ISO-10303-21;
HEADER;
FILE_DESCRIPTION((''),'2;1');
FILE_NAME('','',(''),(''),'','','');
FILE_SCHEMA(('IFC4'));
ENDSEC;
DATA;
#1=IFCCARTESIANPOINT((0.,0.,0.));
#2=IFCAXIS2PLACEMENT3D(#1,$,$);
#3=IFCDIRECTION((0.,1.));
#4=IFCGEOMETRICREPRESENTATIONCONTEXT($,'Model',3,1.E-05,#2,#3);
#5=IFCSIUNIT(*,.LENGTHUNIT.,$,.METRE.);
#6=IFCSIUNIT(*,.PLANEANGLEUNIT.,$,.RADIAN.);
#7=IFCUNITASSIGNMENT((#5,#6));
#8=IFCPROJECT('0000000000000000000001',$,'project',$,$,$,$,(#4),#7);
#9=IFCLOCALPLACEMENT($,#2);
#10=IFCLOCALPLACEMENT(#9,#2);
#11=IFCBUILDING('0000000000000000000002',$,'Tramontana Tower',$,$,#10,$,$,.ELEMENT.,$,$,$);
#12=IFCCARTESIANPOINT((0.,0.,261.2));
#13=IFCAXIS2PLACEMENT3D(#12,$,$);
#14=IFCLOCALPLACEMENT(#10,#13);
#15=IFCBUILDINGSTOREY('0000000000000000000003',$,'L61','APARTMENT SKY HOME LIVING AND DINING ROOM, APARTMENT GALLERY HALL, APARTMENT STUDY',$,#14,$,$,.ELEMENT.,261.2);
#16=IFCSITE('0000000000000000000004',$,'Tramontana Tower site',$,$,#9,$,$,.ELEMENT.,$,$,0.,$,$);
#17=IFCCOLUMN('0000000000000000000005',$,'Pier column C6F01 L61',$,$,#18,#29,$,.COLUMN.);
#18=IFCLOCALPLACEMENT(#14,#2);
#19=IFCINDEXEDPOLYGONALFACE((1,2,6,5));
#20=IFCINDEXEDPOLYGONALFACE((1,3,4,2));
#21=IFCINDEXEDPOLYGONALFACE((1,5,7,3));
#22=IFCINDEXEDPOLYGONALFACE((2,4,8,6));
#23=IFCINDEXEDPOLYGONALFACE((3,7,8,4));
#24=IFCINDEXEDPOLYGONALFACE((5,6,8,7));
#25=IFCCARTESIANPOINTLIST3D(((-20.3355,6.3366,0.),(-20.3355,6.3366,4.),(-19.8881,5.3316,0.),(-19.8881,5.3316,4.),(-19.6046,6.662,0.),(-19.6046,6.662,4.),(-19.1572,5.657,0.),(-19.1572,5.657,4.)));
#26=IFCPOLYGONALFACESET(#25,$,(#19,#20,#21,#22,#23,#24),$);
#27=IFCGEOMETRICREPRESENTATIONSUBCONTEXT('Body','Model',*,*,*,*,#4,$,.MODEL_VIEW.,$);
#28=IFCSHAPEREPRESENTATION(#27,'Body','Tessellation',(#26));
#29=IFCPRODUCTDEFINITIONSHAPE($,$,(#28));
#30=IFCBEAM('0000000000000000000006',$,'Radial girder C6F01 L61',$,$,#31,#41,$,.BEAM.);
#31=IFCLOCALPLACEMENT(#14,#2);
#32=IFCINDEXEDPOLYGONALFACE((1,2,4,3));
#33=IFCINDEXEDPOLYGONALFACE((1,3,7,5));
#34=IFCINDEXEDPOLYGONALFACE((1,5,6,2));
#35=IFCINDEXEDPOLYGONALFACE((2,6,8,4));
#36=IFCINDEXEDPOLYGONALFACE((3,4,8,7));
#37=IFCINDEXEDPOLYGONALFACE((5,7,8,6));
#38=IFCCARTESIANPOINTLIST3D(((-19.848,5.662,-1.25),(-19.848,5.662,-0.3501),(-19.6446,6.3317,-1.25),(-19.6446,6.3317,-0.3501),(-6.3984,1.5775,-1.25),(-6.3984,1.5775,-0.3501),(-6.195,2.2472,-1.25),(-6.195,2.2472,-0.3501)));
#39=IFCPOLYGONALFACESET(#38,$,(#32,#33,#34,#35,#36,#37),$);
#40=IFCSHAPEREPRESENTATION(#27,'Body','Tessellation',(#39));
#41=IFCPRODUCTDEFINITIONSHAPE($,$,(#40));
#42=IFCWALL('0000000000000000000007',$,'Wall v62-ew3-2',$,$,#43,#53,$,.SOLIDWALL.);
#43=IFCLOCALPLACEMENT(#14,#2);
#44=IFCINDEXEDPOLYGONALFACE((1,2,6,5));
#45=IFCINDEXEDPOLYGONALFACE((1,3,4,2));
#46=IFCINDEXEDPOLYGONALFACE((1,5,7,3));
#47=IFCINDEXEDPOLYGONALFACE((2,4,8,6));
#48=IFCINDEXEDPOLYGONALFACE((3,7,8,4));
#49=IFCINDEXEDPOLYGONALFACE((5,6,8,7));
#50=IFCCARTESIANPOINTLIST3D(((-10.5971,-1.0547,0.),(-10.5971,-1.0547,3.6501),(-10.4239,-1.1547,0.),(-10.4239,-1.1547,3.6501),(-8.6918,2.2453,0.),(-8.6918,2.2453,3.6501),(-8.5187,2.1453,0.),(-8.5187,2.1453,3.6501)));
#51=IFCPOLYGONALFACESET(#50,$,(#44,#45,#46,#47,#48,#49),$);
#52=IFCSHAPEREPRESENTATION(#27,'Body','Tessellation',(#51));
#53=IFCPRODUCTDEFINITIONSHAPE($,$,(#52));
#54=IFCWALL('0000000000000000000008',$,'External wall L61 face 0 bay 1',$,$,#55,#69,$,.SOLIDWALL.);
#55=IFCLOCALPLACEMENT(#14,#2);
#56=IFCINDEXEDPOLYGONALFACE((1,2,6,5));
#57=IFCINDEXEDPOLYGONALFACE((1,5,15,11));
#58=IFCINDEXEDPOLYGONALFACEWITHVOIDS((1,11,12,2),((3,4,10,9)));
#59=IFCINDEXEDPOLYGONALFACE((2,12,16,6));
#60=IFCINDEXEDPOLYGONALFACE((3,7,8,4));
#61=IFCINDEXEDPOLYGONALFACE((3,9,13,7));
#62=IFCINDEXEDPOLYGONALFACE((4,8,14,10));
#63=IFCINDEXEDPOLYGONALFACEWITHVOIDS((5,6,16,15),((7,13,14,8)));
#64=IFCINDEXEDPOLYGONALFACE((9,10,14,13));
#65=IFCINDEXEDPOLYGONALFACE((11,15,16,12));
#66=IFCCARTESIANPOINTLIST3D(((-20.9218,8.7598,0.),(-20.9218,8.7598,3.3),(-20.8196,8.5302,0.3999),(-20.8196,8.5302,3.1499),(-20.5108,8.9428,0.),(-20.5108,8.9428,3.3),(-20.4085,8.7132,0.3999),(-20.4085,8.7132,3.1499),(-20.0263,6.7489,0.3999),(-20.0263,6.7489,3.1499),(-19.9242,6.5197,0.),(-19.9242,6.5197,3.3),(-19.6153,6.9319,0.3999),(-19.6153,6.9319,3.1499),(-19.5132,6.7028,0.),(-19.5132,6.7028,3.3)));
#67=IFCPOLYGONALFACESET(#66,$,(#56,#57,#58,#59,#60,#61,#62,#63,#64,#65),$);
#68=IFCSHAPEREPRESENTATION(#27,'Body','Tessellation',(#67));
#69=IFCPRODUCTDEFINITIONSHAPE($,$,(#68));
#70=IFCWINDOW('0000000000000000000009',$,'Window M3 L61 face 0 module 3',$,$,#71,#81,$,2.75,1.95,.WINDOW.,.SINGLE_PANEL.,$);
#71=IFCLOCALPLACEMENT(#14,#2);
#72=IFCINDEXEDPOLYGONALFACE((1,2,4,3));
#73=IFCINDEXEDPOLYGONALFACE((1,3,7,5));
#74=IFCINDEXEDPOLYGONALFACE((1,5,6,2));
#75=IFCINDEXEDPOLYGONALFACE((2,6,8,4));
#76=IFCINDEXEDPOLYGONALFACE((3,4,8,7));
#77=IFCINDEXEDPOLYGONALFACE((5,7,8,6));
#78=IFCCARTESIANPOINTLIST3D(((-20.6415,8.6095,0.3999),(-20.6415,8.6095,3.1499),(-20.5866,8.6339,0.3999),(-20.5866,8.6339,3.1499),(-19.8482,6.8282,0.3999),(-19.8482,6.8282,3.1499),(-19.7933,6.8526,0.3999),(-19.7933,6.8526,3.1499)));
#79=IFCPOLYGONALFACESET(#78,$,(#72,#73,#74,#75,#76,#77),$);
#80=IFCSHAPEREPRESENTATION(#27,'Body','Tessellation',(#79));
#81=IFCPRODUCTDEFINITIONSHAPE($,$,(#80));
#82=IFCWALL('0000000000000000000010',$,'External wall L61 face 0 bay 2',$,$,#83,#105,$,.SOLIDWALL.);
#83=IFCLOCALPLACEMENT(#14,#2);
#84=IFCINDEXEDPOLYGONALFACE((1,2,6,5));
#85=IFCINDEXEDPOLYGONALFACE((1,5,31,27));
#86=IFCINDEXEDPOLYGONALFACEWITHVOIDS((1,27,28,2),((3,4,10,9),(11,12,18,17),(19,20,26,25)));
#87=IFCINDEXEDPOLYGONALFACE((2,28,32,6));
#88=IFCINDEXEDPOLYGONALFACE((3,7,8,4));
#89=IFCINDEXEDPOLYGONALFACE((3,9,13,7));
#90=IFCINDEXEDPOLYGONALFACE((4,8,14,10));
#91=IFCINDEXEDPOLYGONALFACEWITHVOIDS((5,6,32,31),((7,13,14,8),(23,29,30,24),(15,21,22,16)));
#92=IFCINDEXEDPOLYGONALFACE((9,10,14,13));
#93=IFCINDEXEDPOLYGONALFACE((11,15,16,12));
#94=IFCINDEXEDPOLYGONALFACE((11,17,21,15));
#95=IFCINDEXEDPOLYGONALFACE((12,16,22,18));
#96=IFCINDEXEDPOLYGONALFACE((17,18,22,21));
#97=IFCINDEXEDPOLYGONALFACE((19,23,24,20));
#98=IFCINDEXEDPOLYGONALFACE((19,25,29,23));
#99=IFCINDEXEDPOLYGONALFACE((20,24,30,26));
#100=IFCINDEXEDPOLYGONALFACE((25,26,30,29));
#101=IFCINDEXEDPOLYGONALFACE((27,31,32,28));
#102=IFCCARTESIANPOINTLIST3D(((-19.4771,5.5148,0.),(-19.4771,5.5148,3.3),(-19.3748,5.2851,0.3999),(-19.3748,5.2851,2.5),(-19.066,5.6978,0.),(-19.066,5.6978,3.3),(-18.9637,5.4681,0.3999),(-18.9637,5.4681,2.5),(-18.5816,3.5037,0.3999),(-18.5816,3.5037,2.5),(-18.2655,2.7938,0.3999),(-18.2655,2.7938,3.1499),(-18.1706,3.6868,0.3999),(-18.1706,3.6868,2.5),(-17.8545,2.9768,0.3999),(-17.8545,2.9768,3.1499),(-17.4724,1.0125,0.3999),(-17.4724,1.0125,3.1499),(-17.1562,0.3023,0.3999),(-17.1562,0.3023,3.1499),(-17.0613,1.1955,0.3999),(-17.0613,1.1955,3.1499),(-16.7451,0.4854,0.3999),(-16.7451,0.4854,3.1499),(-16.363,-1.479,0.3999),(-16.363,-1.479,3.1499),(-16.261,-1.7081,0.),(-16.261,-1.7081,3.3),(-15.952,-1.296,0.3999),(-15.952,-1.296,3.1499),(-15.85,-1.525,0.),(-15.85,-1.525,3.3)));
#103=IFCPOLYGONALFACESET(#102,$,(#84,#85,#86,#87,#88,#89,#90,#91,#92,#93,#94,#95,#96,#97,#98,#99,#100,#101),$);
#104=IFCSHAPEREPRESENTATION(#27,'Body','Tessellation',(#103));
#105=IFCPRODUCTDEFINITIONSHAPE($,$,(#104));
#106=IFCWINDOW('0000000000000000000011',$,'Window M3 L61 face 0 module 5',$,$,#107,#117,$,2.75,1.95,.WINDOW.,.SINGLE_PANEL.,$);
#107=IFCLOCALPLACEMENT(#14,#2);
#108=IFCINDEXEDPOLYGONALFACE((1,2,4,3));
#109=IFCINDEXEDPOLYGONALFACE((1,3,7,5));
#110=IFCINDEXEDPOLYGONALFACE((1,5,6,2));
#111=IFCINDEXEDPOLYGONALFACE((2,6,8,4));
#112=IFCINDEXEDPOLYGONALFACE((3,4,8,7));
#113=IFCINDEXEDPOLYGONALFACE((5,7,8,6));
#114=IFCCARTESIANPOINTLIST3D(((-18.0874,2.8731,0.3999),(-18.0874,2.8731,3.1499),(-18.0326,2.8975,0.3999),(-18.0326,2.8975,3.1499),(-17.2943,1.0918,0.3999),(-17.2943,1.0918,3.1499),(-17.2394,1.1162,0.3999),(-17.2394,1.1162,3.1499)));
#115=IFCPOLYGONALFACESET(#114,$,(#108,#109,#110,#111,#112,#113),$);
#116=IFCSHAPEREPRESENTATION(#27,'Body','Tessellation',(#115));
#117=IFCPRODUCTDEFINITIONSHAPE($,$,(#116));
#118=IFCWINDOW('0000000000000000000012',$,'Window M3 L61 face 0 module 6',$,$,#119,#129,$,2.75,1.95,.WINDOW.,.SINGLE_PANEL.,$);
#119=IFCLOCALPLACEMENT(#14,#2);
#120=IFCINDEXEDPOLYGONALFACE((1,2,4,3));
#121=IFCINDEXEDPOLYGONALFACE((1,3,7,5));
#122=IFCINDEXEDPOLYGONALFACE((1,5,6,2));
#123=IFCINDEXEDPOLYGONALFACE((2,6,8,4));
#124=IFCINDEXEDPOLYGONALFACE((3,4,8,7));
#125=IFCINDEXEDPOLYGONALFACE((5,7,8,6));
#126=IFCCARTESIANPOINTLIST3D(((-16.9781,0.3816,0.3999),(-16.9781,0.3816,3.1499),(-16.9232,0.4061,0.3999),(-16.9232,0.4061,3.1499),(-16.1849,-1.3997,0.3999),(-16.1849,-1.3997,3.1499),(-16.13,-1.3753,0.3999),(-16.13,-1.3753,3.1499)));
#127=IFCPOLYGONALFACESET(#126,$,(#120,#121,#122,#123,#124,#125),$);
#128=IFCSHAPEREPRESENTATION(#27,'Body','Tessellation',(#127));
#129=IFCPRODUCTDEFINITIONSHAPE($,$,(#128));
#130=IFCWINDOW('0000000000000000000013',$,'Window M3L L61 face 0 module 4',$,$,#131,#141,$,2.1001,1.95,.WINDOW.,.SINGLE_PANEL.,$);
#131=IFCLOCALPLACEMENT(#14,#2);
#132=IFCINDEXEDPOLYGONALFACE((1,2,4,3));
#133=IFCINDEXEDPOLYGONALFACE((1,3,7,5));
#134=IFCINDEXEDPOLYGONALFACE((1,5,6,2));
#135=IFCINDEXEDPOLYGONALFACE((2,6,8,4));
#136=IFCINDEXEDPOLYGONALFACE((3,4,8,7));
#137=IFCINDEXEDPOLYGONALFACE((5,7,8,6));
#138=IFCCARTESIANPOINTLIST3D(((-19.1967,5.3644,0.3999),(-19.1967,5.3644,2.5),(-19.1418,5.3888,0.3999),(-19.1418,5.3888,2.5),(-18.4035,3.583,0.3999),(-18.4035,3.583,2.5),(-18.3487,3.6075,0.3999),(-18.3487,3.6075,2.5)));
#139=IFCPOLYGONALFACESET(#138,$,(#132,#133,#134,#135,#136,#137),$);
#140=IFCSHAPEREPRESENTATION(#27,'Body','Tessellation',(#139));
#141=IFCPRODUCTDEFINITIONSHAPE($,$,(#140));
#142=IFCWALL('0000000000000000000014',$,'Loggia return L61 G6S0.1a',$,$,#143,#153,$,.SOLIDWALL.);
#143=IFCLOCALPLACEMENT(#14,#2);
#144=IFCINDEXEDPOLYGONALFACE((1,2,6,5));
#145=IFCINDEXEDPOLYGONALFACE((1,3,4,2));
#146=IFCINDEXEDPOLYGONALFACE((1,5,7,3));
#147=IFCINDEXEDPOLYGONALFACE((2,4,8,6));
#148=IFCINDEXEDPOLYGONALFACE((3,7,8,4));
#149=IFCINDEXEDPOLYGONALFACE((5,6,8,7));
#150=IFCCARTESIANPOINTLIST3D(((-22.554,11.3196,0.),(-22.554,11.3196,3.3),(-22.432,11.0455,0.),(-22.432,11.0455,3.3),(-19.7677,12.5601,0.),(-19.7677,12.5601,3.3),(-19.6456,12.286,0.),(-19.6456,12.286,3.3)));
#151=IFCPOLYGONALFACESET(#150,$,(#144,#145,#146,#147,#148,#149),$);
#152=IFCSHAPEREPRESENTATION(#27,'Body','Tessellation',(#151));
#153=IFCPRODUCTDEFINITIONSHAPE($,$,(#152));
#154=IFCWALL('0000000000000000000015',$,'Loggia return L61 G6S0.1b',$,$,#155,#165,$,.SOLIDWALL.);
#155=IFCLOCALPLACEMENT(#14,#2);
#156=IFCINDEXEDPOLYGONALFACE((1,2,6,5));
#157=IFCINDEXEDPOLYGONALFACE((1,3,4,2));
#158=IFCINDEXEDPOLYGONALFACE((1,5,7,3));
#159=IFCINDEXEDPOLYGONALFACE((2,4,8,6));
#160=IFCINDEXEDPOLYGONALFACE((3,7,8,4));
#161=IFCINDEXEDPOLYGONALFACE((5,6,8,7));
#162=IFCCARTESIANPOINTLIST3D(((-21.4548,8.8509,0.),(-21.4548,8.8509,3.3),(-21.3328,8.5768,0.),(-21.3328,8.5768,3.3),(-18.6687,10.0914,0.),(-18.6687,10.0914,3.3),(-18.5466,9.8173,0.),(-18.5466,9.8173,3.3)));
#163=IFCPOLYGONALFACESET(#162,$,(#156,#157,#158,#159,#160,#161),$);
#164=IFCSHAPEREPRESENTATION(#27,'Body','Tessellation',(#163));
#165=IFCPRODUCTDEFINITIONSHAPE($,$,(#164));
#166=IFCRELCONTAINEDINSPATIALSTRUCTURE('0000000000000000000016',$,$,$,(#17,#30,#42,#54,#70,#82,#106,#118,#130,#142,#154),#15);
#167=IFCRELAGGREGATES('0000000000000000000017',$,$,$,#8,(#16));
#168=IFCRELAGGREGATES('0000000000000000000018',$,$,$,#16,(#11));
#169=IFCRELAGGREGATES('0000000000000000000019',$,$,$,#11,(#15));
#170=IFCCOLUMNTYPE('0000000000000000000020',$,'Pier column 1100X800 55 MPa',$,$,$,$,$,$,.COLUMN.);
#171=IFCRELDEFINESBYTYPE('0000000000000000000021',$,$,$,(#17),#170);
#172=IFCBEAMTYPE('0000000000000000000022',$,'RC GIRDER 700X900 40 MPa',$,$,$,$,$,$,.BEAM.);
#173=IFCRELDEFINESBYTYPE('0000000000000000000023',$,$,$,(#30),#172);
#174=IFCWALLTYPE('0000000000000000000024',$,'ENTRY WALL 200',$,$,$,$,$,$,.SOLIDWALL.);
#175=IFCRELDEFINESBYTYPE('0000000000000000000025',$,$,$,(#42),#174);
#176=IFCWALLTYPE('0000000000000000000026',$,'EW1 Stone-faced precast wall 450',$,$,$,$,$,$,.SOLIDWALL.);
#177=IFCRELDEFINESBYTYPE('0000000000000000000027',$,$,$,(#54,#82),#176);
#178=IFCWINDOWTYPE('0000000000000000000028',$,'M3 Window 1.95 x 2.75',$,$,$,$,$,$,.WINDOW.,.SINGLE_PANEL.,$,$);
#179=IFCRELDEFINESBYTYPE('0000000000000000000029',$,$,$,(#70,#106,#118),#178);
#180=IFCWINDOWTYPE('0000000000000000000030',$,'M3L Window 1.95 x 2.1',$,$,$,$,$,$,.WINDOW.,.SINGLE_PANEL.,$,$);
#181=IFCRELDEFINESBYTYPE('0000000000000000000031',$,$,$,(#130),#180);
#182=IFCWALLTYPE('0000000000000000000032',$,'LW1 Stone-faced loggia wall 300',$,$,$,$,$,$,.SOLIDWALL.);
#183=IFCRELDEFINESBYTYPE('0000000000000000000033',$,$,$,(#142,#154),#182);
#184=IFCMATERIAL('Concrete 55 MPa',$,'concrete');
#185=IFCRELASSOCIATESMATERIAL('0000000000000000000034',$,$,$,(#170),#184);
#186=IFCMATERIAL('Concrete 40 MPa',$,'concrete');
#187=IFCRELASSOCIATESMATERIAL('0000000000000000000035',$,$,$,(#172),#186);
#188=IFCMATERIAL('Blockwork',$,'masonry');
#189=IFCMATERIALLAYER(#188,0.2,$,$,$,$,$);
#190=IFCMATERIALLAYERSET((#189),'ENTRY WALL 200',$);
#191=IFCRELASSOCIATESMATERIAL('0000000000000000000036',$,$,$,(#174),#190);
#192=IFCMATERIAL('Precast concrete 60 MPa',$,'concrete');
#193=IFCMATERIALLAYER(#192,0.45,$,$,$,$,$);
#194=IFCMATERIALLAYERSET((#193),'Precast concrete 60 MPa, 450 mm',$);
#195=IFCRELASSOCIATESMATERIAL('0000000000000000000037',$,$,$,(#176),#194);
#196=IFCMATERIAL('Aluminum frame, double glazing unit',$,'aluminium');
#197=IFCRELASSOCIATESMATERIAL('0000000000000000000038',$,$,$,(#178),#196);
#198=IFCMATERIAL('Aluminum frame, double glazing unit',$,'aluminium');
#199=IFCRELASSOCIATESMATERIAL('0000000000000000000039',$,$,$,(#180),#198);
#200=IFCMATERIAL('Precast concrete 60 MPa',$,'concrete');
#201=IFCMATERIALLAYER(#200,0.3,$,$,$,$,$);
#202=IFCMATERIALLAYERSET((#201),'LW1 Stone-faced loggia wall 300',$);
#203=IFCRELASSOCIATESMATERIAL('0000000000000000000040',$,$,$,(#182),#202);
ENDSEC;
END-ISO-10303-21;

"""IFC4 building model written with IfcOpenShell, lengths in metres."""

from ifc_helpers import new_model, si_unit, direction, frame, frame_2d, origin, origin_2d, place, context, subcontext, project, spatial, rectangle, extrude, material, layer, layer_set, material_profile, profile_set, type_object, element, fill, save


model = new_model("IFC4")

# Units and contexts
model_context = context("Model", 3, precision=1e-05, world=origin(), true_north=direction((0.0, 1.0)))
body_context = subcontext(model_context, "Body", "Model", "MODEL_VIEW")
ifc_project = project(units=[si_unit("LENGTHUNIT", "METRE"), si_unit("PLANEANGLEUNIT", "RADIAN")], contexts=[model_context])

# Site, building, storey
site_placement = place(None, origin())
site = spatial("IfcSite", under=ifc_project, at=site_placement, Name="Tramontana Tower site", CompositionType="ELEMENT", RefElevation=0.0)
building_placement = place(site_placement, origin())
building = spatial("IfcBuilding", under=site, at=building_placement, Name="Tramontana Tower", CompositionType="ELEMENT")
storey_placement = place(building_placement, frame((0.0, 0.0, 261.2)))
storey = spatial("IfcBuildingStorey", under=building, at=storey_placement, Name="L61", Description="APARTMENT SKY HOME LIVING AND DINING ROOM, APARTMENT GALLERY HALL, APARTMENT STUDY", CompositionType="ELEMENT", Elevation=261.2)

# Column
ifc_material_1 = material(Name="Concrete 55 MPa", Category="concrete")
ifc_material_profile_1 = material_profile(ifc_material_1, rectangle(XDim=1.1001, YDim=0.8, at=origin_2d()), Name="Pier column 1100X800 55 MPa")
ifc_profile_set_1 = profile_set([ifc_material_profile_1], Name="Concrete 55 MPa")
column_type = type_object("IfcColumnType", Name="Pier column 1100X800 55 MPa", PredefinedType="COLUMN", material=ifc_profile_set_1)
column_placement = place(storey_placement, frame((-19.7463, 5.9968, 0.0), z_axis=(0.0, 0.0, 1.0), x_axis=(0.406737, -0.913545, 0.0)))
element("IfcColumn", 1, at=column_placement, inside=storey, type_object=column_type, Name="Pier column C6F01 L61", PredefinedType="COLUMN", context=body_context, shape_type="SweptSolid", body=[
    extrude(rectangle(XDim=1.1001, YDim=0.8, at=origin_2d()), origin(), (0.0, 0.0, 1.0), 4.0),
])

# Beam
ifc_material_2 = material(Name="Concrete 40 MPa", Category="concrete")
ifc_material_profile_2 = material_profile(ifc_material_2, rectangle(XDim=0.7, YDim=0.8999, at=origin_2d()), Name="RC GIRDER 700X900 40 MPa")
ifc_profile_set_2 = profile_set([ifc_material_profile_2], Name="Concrete 40 MPa")
beam_type = type_object("IfcBeamType", Name="RC GIRDER 700X900 40 MPa", PredefinedType="BEAM", material=ifc_profile_set_2)
beam_placement = place(storey_placement, frame((-19.7463, 5.9968, -0.8), z_axis=(0.95685, -0.290581, 0.0), x_axis=(0.290581, 0.95685, 0.0)))
element("IfcBeam", 2, at=beam_placement, inside=storey, type_object=beam_type, Name="Radial girder C6F01 L61", PredefinedType="BEAM", context=body_context, shape_type="SweptSolid", body=[
    extrude(rectangle(XDim=0.7, YDim=0.8999, at=origin_2d()), origin(), (0.0, 0.0, 1.0), 14.0562),
])

# Wall
ifc_material_3 = material(Name="Blockwork", Category="masonry")
ifc_layer_1 = layer(ifc_material_3, 0.2)
ifc_layer_set_1 = layer_set([ifc_layer_1], Name="ENTRY WALL 200")
wall_type_1 = type_object("IfcWallType", Name="ENTRY WALL 200", PredefinedType="SOLIDWALL", material=ifc_layer_set_1)
wall_1_placement = place(storey_placement, frame((-10.5105, -1.1047, 0.0), z_axis=(0.0, 0.0, 1.0), x_axis=(0.499998, 0.866027, 0.0)))
element("IfcWall", 3, at=wall_1_placement, inside=storey, type_object=wall_type_1, Name="Wall v62-ew3-2", PredefinedType="SOLIDWALL", context=body_context, shape_type="SweptSolid", body=[
    extrude(rectangle(XDim=3.8105, YDim=0.2, at=frame_2d((1.9053, 0.0))), origin(), (0.0, 0.0, 1.0), 3.6501),
])

# Wall, opening, window
ifc_material_4 = material(Name="Precast concrete 60 MPa", Category="concrete")
ifc_layer_2 = layer(ifc_material_4, 0.45)
ifc_layer_set_2 = layer_set([ifc_layer_2], Name="Precast concrete 60 MPa, 450 mm")
wall_type_2 = type_object("IfcWallType", Name="EW1 Stone-faced precast wall 450", PredefinedType="SOLIDWALL", material=ifc_layer_set_2)
wall_2_placement = place(storey_placement, frame((-20.7163, 8.8513, 0.0), z_axis=(0.0, 0.0, 1.0), x_axis=(0.406822, -0.913507, 0.0)))
wall_2 = element("IfcWall", 4, at=wall_2_placement, inside=storey, type_object=wall_type_2, Name="External wall L61 face 0 bay 1", PredefinedType="SOLIDWALL", context=body_context, shape_type="SweptSolid", body=[
    extrude(rectangle(XDim=2.4521, YDim=0.45, at=frame_2d((1.2261, 0.0))), origin(), (0.0, 0.0, 1.0), 3.3),
])
opening_1_placement = place(wall_2_placement, frame((0.2512, 0.0, 0.3999)))
opening_1 = element("IfcOpeningElement", 5, at=opening_1_placement, cuts=wall_2, PredefinedType="OPENING", context=body_context, shape_type="SweptSolid", body=[
    extrude(rectangle(XDim=1.95, YDim=2.75, at=frame_2d((0.9751, 1.375))), frame((0.0, 0.2349, 0.0), z_axis=(0.0, -1.0, 0.0), x_axis=(1.0, 0.0, 0.0)), (0.0, 0.0, 1.0), 0.47),
])
ifc_material_5 = material(Name="Aluminum frame, double glazing unit", Category="aluminium")
window_type_1 = type_object("IfcWindowType", Name="M3 Window 1.95 x 2.75", PartitioningType="SINGLE_PANEL", PredefinedType="WINDOW", material=ifc_material_5)
window_1_placement = place(opening_1_placement, origin())
window_1 = element("IfcWindow", 6, at=window_1_placement, inside=storey, type_object=window_type_1, Name="Window M3 L61 face 0 module 3", OverallHeight=2.75, OverallWidth=1.95, PartitioningType="SINGLE_PANEL", PredefinedType="WINDOW", context=body_context, shape_type="SweptSolid", body=[
    extrude(rectangle(XDim=1.95, YDim=2.75, at=frame_2d((0.9751, 1.375))), frame((0.0, 0.03, 0.0), z_axis=(0.0, -1.0, 0.0), x_axis=(1.0, 0.0, 0.0)), (0.0, 0.0, 1.0), 0.0601),
])
fill(opening_1, window_1)

# Wall, openings, windows
wall_3_placement = place(storey_placement, frame((-19.2715, 5.6062, 0.0), z_axis=(0.0, 0.0, 1.0), x_axis=(0.40676, -0.913535, 0.0)))
wall_3 = element("IfcWall", 7, at=wall_3_placement, inside=storey, type_object=wall_type_2, Name="External wall L61 face 0 bay 2", PredefinedType="SOLIDWALL", context=body_context, shape_type="SweptSolid", body=[
    extrude(rectangle(XDim=7.9065, YDim=0.45, at=frame_2d((3.9531, 0.0))), origin(), (0.0, 0.0, 1.0), 3.3),
])
opening_2_placement = place(wall_3_placement, frame((0.2512, 0.0, 0.3999)))
opening_2 = element("IfcOpeningElement", 8, at=opening_2_placement, cuts=wall_3, PredefinedType="OPENING", context=body_context, shape_type="SweptSolid", body=[
    extrude(rectangle(XDim=1.95, YDim=2.1001, at=frame_2d((0.9751, 1.05))), frame((0.0, 0.2349, 0.0), z_axis=(0.0, -1.0, 0.0), x_axis=(1.0, 0.0, 0.0)), (0.0, 0.0, 1.0), 0.47),
])
opening_3_placement = place(wall_3_placement, frame((2.9783, 0.0, 0.3999)))
opening_3 = element("IfcOpeningElement", 9, at=opening_3_placement, cuts=wall_3, PredefinedType="OPENING", context=body_context, shape_type="SweptSolid", body=[
    extrude(rectangle(XDim=1.95, YDim=2.75, at=frame_2d((0.9751, 1.375))), frame((0.0, 0.2349, 0.0), z_axis=(0.0, -1.0, 0.0), x_axis=(1.0, 0.0, 0.0)), (0.0, 0.0, 1.0), 0.47),
])
opening_4_placement = place(wall_3_placement, frame((5.7056, 0.0, 0.3999)))
opening_4 = element("IfcOpeningElement", 10, at=opening_4_placement, cuts=wall_3, PredefinedType="OPENING", context=body_context, shape_type="SweptSolid", body=[
    extrude(rectangle(XDim=1.95, YDim=2.75, at=frame_2d((0.9751, 1.375))), frame((0.0, 0.2349, 0.0), z_axis=(0.0, -1.0, 0.0), x_axis=(1.0, 0.0, 0.0)), (0.0, 0.0, 1.0), 0.47),
])
window_2_placement = place(opening_3_placement, origin())
window_2 = element("IfcWindow", 11, at=window_2_placement, inside=storey, type_object=window_type_1, Name="Window M3 L61 face 0 module 5", OverallHeight=2.75, OverallWidth=1.95, PartitioningType="SINGLE_PANEL", PredefinedType="WINDOW", context=body_context, shape_type="SweptSolid", body=[
    extrude(rectangle(XDim=1.95, YDim=2.75, at=frame_2d((0.9751, 1.375))), frame((0.0, 0.03, 0.0), z_axis=(0.0, -1.0, 0.0), x_axis=(1.0, 0.0, 0.0)), (0.0, 0.0, 1.0), 0.0601),
])
fill(opening_3, window_2)
window_3_placement = place(opening_4_placement, origin())
window_3 = element("IfcWindow", 12, at=window_3_placement, inside=storey, type_object=window_type_1, Name="Window M3 L61 face 0 module 6", OverallHeight=2.75, OverallWidth=1.95, PartitioningType="SINGLE_PANEL", PredefinedType="WINDOW", context=body_context, shape_type="SweptSolid", body=[
    extrude(rectangle(XDim=1.95, YDim=2.75, at=frame_2d((0.9751, 1.375))), frame((0.0, 0.03, 0.0), z_axis=(0.0, -1.0, 0.0), x_axis=(1.0, 0.0, 0.0)), (0.0, 0.0, 1.0), 0.0601),
])
fill(opening_4, window_3)
ifc_material_6 = material(Name="Aluminum frame, double glazing unit", Category="aluminium")
window_type_2 = type_object("IfcWindowType", Name="M3L Window 1.95 x 2.1", PartitioningType="SINGLE_PANEL", PredefinedType="WINDOW", material=ifc_material_6)
window_4_placement = place(opening_2_placement, origin())
window_4 = element("IfcWindow", 13, at=window_4_placement, inside=storey, type_object=window_type_2, Name="Window M3L L61 face 0 module 4", OverallHeight=2.1001, OverallWidth=1.95, PartitioningType="SINGLE_PANEL", PredefinedType="WINDOW", context=body_context, shape_type="SweptSolid", body=[
    extrude(rectangle(XDim=1.95, YDim=2.1001, at=frame_2d((0.9751, 1.05))), frame((0.0, 0.03, 0.0), z_axis=(0.0, -1.0, 0.0), x_axis=(1.0, 0.0, 0.0)), (0.0, 0.0, 1.0), 0.0601),
])
fill(opening_2, window_4)

# Walls
ifc_material_7 = material(Name="Precast concrete 60 MPa", Category="concrete")
ifc_layer_3 = layer(ifc_material_7, 0.3)
ifc_layer_set_3 = layer_set([ifc_layer_3], Name="LW1 Stone-faced loggia wall 300")
wall_type_3 = type_object("IfcWallType", Name="LW1 Stone-faced loggia wall 300", PredefinedType="SOLIDWALL", material=ifc_layer_set_3)
wall_4_placement = place(storey_placement, frame((-22.4929, 11.1826, 0.0), z_axis=(0.0, 0.0, 1.0), x_axis=(0.913557, 0.40671, 0.0)))
element("IfcWall", 14, at=wall_4_placement, inside=storey, type_object=wall_type_3, Name="Loggia return L61 G6S0.1a", PredefinedType="SOLIDWALL", context=body_context, shape_type="SweptSolid", body=[
    extrude(rectangle(XDim=3.05, YDim=0.3, at=frame_2d((1.5249, 0.0))), origin(), (0.0, 0.0, 1.0), 3.3),
])
wall_5_placement = place(storey_placement, frame((-21.3938, 8.7139, 0.0), z_axis=(0.0, 0.0, 1.0), x_axis=(0.913544, 0.40674, 0.0)))
element("IfcWall", 15, at=wall_5_placement, inside=storey, type_object=wall_type_3, Name="Loggia return L61 G6S0.1b", PredefinedType="SOLIDWALL", context=body_context, shape_type="SweptSolid", body=[
    extrude(rectangle(XDim=3.0498, YDim=0.3, at=frame_2d((1.5249, 0.0))), origin(), (0.0, 0.0, 1.0), 3.3),
])

save(model, "model.ifc")
